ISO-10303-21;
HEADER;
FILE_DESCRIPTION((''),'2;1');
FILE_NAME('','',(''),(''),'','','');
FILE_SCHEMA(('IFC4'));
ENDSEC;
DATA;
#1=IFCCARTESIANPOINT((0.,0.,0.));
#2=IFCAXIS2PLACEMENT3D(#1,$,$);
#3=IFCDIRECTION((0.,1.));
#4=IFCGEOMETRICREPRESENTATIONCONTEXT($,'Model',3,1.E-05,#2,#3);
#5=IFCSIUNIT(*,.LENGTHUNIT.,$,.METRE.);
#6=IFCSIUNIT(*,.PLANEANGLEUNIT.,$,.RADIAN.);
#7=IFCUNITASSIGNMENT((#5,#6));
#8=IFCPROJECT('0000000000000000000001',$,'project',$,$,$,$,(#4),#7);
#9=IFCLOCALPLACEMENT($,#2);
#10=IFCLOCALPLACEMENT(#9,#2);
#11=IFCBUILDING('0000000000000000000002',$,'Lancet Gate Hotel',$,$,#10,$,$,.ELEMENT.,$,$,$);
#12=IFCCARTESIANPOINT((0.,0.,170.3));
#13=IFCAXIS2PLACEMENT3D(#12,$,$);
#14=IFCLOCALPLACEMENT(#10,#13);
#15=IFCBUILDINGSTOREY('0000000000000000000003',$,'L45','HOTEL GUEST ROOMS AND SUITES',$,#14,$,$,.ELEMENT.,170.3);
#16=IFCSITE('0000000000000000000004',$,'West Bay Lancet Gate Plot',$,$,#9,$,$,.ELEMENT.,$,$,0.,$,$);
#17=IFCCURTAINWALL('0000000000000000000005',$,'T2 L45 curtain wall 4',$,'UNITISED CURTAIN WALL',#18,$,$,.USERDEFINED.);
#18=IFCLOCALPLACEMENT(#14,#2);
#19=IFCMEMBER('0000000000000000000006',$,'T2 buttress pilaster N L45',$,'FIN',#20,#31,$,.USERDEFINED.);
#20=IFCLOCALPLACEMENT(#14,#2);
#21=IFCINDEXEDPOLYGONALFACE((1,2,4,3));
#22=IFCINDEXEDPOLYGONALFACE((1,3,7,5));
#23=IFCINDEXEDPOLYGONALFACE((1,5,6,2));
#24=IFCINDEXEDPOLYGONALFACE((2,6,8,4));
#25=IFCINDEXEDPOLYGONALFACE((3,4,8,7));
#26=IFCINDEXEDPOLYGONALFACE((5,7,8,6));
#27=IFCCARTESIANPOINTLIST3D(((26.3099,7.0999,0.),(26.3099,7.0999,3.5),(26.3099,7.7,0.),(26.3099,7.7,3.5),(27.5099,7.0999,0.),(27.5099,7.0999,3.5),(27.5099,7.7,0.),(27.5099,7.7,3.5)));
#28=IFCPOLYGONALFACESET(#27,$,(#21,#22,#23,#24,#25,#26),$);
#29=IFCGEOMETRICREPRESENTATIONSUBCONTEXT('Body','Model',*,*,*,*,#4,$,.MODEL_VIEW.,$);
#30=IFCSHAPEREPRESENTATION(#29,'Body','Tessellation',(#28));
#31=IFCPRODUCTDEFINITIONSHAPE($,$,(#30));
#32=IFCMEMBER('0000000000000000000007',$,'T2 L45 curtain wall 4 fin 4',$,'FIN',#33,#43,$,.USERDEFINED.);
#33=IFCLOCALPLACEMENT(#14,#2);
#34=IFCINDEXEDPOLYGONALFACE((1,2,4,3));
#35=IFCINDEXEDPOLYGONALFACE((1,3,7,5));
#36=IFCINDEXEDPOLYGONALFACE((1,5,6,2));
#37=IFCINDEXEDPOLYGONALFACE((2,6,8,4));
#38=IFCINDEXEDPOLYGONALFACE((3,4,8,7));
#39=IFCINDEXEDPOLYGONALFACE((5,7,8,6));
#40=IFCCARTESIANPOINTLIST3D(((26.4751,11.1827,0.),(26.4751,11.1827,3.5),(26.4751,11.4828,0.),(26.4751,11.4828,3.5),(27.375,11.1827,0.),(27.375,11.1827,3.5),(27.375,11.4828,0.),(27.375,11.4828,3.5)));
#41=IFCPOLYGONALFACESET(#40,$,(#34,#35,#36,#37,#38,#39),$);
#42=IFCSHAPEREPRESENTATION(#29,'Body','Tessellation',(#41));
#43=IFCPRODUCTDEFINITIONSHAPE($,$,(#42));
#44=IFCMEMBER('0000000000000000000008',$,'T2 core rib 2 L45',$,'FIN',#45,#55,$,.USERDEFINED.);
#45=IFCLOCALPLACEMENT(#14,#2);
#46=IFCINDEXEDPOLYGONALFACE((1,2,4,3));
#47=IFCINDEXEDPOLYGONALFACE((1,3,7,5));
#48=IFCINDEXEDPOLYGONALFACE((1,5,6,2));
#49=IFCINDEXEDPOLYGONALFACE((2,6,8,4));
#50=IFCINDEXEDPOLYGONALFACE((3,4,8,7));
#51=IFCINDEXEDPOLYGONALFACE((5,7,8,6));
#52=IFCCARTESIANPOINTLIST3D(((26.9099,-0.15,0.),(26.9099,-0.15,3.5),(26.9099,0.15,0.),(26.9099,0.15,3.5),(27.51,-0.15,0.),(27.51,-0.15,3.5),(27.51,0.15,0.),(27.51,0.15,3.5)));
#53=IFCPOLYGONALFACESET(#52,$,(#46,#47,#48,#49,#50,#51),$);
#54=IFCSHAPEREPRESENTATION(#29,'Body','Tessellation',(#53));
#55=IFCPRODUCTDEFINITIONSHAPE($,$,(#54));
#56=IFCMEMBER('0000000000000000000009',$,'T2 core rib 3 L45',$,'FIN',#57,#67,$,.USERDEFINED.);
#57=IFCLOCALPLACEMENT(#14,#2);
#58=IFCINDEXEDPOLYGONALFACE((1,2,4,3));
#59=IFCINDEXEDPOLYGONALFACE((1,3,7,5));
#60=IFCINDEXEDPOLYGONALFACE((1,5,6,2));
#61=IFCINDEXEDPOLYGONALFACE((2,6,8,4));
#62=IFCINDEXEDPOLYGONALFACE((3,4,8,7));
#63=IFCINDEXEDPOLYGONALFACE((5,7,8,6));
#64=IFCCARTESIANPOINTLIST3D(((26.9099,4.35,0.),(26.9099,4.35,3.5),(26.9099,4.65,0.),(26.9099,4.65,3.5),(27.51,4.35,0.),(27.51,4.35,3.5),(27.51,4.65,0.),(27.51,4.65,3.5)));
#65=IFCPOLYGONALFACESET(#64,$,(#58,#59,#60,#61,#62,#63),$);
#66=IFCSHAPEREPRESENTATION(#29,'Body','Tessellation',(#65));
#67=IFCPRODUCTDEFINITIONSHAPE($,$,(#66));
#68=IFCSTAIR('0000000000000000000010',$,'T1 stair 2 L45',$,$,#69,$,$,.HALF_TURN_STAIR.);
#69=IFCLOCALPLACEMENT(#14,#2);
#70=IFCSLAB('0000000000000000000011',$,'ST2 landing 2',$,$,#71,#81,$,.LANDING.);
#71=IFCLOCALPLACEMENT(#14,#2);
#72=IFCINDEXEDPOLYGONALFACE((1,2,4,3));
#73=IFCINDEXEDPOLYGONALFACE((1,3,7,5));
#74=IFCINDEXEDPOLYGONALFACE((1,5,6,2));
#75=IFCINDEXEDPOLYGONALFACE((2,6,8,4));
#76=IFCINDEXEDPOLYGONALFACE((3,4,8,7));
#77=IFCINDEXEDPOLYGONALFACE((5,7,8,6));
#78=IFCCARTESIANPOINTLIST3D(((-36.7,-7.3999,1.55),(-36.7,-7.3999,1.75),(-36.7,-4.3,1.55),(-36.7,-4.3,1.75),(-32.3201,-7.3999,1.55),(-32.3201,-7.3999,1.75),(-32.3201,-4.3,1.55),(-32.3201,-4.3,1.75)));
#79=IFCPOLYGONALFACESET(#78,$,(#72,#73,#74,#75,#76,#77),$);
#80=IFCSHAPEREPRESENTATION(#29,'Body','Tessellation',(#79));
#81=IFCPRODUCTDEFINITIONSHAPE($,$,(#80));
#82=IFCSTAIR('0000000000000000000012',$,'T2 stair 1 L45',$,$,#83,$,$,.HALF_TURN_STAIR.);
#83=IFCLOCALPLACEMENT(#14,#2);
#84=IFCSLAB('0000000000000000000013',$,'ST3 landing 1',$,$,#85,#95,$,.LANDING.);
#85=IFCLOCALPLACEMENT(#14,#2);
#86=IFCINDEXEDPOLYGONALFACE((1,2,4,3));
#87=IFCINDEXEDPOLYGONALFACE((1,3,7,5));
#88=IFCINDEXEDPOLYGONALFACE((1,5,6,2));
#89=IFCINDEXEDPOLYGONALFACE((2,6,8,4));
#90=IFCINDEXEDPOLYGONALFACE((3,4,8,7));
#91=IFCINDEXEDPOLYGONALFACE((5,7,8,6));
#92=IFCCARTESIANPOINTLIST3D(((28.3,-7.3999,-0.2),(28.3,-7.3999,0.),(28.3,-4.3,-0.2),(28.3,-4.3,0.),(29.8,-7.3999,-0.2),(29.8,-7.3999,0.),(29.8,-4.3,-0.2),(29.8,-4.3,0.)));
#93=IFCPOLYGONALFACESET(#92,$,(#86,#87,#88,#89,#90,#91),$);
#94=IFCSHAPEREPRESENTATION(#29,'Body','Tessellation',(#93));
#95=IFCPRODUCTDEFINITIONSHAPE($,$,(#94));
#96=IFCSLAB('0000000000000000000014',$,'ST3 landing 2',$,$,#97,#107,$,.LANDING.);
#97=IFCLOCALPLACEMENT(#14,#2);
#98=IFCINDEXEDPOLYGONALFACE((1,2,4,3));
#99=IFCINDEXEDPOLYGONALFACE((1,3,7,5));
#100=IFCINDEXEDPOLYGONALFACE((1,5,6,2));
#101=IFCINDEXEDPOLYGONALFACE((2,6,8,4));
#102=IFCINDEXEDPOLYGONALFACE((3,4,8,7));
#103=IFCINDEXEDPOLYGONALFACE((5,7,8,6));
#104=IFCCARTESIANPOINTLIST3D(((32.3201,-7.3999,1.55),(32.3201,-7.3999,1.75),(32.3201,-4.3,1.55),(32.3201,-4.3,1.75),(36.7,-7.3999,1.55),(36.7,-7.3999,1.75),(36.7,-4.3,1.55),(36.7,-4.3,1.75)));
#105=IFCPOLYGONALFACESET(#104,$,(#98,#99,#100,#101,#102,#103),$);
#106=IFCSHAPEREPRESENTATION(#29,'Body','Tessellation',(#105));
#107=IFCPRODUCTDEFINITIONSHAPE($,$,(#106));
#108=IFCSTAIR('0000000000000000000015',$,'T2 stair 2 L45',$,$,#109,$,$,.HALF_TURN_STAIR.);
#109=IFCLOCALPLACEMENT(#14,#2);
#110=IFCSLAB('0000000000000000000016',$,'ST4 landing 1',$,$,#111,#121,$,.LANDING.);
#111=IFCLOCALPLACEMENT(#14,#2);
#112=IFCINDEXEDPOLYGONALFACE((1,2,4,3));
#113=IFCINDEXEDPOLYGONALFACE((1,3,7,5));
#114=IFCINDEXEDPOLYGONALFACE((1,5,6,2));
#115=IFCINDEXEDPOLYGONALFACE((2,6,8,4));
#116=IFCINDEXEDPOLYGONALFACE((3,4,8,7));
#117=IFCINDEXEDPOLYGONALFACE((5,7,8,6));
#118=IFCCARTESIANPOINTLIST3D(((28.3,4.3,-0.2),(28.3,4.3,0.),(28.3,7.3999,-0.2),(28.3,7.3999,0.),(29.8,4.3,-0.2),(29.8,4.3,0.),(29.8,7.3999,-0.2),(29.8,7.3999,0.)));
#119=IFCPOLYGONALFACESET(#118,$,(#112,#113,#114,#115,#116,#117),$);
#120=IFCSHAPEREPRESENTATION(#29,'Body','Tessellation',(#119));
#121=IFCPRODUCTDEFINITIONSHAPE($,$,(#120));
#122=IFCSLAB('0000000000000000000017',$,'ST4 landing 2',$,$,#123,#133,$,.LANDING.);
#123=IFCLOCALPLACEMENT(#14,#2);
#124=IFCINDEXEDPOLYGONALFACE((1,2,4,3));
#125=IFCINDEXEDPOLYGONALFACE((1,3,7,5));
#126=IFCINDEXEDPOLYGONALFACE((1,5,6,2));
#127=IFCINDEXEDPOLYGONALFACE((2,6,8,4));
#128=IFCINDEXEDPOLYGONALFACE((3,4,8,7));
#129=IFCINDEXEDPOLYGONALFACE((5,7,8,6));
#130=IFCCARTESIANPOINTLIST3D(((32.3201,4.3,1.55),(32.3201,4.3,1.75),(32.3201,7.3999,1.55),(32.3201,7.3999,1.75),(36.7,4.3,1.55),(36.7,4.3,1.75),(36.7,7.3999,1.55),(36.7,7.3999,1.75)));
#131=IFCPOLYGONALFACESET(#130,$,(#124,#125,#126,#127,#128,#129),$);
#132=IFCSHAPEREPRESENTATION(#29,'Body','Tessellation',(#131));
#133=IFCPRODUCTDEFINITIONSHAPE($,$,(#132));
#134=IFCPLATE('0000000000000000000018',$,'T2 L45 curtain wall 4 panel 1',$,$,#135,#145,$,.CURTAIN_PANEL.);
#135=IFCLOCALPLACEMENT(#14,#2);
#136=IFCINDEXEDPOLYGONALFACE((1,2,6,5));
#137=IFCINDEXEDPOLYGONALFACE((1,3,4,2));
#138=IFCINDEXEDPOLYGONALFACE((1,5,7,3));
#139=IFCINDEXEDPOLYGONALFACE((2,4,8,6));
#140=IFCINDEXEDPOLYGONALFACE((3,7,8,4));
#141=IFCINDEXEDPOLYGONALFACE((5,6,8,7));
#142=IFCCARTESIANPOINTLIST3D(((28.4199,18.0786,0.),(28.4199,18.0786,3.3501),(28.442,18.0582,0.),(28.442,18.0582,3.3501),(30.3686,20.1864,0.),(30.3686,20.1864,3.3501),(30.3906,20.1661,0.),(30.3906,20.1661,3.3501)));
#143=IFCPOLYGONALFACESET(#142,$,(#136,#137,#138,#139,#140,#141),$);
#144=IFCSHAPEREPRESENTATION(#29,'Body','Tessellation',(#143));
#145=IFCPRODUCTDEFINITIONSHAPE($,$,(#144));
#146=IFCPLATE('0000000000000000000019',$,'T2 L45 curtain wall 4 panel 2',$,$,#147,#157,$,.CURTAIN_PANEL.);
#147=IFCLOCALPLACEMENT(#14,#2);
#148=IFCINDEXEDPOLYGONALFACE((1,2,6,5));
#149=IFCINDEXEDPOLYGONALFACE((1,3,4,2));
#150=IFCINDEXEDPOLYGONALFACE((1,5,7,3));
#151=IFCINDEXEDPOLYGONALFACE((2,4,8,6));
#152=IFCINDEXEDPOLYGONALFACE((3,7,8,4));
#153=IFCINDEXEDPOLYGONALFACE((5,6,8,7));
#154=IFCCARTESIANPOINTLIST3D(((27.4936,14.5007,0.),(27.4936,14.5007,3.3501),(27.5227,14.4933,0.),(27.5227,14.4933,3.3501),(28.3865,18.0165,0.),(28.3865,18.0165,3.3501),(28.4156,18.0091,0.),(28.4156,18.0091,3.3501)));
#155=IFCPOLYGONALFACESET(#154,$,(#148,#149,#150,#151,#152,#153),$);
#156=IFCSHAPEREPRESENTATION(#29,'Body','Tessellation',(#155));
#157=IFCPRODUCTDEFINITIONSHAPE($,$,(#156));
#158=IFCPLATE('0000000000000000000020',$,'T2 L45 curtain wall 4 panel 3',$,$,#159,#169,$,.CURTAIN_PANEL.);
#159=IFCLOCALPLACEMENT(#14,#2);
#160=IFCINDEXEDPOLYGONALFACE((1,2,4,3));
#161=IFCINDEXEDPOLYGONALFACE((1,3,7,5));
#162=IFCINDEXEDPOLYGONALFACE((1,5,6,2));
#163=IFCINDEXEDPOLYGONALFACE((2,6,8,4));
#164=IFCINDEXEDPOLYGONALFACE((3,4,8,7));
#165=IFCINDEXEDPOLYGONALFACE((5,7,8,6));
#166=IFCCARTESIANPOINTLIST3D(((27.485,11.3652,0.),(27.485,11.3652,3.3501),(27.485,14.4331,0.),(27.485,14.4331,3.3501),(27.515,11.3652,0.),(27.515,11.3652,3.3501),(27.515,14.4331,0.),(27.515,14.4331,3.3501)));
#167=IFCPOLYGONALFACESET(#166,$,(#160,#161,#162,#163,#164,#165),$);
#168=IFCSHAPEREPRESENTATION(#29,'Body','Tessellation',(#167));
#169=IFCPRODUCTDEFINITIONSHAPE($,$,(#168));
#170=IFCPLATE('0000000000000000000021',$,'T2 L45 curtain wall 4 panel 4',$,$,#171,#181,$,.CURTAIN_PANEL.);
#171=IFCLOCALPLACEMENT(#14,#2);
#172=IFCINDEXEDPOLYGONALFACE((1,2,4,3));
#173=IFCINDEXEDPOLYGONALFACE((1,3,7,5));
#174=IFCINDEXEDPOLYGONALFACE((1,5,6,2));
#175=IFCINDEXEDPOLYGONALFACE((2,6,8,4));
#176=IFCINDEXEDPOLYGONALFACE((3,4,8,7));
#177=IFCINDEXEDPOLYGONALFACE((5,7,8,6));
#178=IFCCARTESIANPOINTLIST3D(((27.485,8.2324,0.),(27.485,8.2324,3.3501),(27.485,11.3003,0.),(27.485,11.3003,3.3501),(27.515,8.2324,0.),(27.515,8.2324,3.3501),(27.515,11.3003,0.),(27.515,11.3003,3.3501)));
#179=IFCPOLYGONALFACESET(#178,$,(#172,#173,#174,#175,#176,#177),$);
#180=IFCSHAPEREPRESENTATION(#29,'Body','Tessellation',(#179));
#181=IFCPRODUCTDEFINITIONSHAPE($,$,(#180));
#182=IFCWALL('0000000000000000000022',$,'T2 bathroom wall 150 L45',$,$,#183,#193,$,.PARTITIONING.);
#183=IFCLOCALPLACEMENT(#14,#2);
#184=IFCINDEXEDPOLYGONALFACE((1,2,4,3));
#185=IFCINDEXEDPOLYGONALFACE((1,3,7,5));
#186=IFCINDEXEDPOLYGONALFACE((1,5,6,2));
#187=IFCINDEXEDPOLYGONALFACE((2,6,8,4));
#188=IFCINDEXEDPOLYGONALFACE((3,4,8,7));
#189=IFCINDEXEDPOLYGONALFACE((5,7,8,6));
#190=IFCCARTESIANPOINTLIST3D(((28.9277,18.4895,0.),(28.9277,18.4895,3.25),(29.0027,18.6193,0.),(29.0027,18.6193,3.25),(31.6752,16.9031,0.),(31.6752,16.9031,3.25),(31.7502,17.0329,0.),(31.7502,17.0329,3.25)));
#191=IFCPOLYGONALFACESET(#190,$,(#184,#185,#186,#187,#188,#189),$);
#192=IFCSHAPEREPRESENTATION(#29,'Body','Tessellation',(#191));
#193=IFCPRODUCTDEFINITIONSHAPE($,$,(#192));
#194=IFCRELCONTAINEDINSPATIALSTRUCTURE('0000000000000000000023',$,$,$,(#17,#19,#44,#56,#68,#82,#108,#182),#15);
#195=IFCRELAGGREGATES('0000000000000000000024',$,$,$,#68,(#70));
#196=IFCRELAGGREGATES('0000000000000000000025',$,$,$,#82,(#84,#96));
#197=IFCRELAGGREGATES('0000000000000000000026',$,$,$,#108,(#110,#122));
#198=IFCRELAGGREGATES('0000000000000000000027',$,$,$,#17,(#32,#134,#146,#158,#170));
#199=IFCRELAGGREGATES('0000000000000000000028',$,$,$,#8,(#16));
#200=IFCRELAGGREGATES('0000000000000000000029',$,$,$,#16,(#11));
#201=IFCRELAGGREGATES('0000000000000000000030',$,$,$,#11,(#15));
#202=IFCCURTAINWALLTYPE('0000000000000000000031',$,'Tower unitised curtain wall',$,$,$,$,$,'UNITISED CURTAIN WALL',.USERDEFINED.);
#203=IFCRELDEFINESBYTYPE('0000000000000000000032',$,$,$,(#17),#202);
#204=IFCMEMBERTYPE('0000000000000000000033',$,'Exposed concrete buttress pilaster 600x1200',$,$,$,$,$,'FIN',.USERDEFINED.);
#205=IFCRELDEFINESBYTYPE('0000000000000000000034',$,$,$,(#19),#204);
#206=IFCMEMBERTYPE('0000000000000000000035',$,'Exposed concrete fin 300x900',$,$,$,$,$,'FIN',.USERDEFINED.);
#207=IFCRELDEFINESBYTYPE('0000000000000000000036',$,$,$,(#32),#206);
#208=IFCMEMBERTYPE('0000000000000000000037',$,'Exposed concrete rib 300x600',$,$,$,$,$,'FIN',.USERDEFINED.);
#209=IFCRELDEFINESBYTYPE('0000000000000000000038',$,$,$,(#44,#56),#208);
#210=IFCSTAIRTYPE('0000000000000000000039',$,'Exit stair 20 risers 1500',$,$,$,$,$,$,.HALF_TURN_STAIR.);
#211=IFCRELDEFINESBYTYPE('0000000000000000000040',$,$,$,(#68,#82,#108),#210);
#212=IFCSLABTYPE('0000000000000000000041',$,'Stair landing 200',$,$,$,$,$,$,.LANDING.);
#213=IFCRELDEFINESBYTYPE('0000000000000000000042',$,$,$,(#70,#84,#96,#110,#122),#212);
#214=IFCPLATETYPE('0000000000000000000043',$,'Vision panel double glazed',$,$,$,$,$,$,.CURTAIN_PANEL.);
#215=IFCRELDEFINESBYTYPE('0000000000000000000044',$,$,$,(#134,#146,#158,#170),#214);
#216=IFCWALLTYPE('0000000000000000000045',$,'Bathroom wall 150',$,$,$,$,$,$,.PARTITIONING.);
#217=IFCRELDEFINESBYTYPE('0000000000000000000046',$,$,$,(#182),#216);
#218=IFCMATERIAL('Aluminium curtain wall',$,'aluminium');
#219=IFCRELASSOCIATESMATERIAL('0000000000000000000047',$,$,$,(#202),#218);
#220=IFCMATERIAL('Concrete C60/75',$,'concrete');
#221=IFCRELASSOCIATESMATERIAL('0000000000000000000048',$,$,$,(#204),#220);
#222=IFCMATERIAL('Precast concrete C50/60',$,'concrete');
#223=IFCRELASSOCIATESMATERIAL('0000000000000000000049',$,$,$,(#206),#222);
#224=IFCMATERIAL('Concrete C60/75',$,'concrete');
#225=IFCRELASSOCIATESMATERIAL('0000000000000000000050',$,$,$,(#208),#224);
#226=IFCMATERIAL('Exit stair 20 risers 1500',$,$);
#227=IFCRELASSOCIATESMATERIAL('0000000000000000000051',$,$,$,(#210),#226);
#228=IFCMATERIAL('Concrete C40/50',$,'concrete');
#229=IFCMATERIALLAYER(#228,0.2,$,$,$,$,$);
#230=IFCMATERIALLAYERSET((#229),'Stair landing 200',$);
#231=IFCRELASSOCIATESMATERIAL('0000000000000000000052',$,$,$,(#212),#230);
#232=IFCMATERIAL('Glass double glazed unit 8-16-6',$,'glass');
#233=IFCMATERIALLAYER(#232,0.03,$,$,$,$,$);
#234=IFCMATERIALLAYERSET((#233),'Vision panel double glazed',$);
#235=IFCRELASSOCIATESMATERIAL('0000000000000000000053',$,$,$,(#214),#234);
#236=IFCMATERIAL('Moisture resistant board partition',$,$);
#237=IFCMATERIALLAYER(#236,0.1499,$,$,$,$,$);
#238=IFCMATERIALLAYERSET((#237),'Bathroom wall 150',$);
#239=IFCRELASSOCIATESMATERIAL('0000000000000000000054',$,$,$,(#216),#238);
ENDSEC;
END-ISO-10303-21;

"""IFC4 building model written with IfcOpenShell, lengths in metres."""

from ifc_helpers import new_model, si_unit, direction, frame, frame_2d, origin, origin_2d, place, context, subcontext, project, spatial, polyline, rectangle, outline, extrude, material, layer, layer_set, material_profile, profile_set, type_object, element, aggregate, save


model = new_model("IFC4")

# Units and contexts
model_context = context("Model", 3, precision=1e-05, world=origin(), true_north=direction((0.0, 1.0)))
body_context = subcontext(model_context, "Body", "Model", "MODEL_VIEW")
ifc_project = project(units=[si_unit("LENGTHUNIT", "METRE"), si_unit("PLANEANGLEUNIT", "RADIAN")], contexts=[model_context])

# Site, building, storey
site_placement = place(None, origin())
site = spatial("IfcSite", under=ifc_project, at=site_placement, Name="West Bay Lancet Gate Plot", CompositionType="ELEMENT", RefElevation=0.0)
building_placement = place(site_placement, origin())
building = spatial("IfcBuilding", under=site, at=building_placement, Name="Lancet Gate Hotel", CompositionType="ELEMENT")
storey_placement = place(building_placement, frame((0.0, 0.0, 170.3)))
storey = spatial("IfcBuildingStorey", under=building, at=storey_placement, Name="L45", Description="HOTEL GUEST ROOMS AND SUITES", CompositionType="ELEMENT", Elevation=170.3)

# Curtain wall
ifc_material_1 = material(Name="Aluminium curtain wall", Category="aluminium")
curtain_wall_type = type_object("IfcCurtainWallType", Name="Tower unitised curtain wall", ElementType="UNITISED CURTAIN WALL", PredefinedType="USERDEFINED", material=ifc_material_1)
curtain_wall_placement = place(storey_placement, origin())
curtain_wall = element("IfcCurtainWall", 1, at=curtain_wall_placement, inside=storey, type_object=curtain_wall_type, Name="T2 L45 curtain wall 4", ObjectType="UNITISED CURTAIN WALL", PredefinedType="USERDEFINED")

# Members
ifc_material_2 = material(Name="Concrete C60/75", Category="concrete")
ifc_material_profile_1 = material_profile(ifc_material_2, rectangle(XDim=0.6001, YDim=1.2, at=origin_2d()), Name="FIN 600x1200")
ifc_profile_set_1 = profile_set([ifc_material_profile_1], Name="Concrete C60/75")
member_type_1 = type_object("IfcMemberType", Name="Exposed concrete buttress pilaster 600x1200", ElementType="FIN", PredefinedType="USERDEFINED", material=ifc_profile_set_1)
member_1_placement = place(storey_placement, frame((26.9099, 7.3999, 0.0), z_axis=(0.0, 0.0, 1.0), x_axis=(0.0, 1.0, 0.0)))
element("IfcMember", 2, at=member_1_placement, inside=storey, type_object=member_type_1, Name="T2 buttress pilaster N L45", ObjectType="FIN", PredefinedType="USERDEFINED", context=body_context, shape_type="SweptSolid", body=[
    extrude(rectangle(XDim=0.6001, YDim=1.2, at=origin_2d()), origin(), (0.0, 0.0, 1.0), 3.5),
])
ifc_material_3 = material(Name="Precast concrete C50/60", Category="concrete")
ifc_material_profile_2 = material_profile(ifc_material_3, rectangle(XDim=0.3, YDim=0.8999, at=origin_2d()), Name="FIN 300x900")
ifc_profile_set_2 = profile_set([ifc_material_profile_2], Name="Precast concrete C50/60")
member_type_2 = type_object("IfcMemberType", Name="Exposed concrete fin 300x900", ElementType="FIN", PredefinedType="USERDEFINED", material=ifc_profile_set_2)
member_2_placement = place(storey_placement, frame((26.925, 11.3328, 0.0), z_axis=(0.0, 0.0, 1.0), x_axis=(0.0, -1.0, 0.0)))
member_2 = element("IfcMember", 3, at=member_2_placement, type_object=member_type_2, Name="T2 L45 curtain wall 4 fin 4", ObjectType="FIN", PredefinedType="USERDEFINED", context=body_context, shape_type="SweptSolid", body=[
    extrude(rectangle(XDim=0.3, YDim=0.8999, at=origin_2d()), origin(), (0.0, 0.0, 1.0), 3.5),
])

# Members
ifc_material_4 = material(Name="Concrete C60/75", Category="concrete")
ifc_material_profile_3 = material_profile(ifc_material_4, rectangle(XDim=0.3, YDim=0.6001, at=origin_2d()), Name="FIN 300x600")
ifc_profile_set_3 = profile_set([ifc_material_profile_3], Name="Concrete C60/75")
member_type_3 = type_object("IfcMemberType", Name="Exposed concrete rib 300x600", ElementType="FIN", PredefinedType="USERDEFINED", material=ifc_profile_set_3)
for number, where, z_axis, x_axis, name in (
    (4, (27.21, 0.0, 0.0), (0.0, 0.0, 1.0), (0.0, 1.0, 0.0), "T2 core rib 2 L45"),
    (5, (27.21, 4.5, 0.0), (0.0, 0.0, 1.0), (0.0, 1.0, 0.0), "T2 core rib 3 L45"),
):
    element("IfcMember", number, at=place(storey_placement, frame(where, z_axis=z_axis, x_axis=x_axis)), inside=storey, type_object=member_type_3, Name=name, ObjectType="FIN", PredefinedType="USERDEFINED", context=body_context, shape_type="SweptSolid", body=[
        extrude(rectangle(XDim=0.3, YDim=0.6001, at=origin_2d()), origin(), (0.0, 0.0, 1.0), 3.5),
    ])

# Stair, slab
ifc_material_5 = material(Name="Exit stair 20 risers 1500")
stair_type = type_object("IfcStairType", Name="Exit stair 20 risers 1500", PredefinedType="HALF_TURN_STAIR", material=ifc_material_5)
stair_1_placement = place(storey_placement, origin())
stair_1 = element("IfcStair", 6, at=stair_1_placement, inside=storey, type_object=stair_type, Name="T1 stair 2 L45", PredefinedType="HALF_TURN_STAIR")
ifc_material_6 = material(Name="Concrete C40/50", Category="concrete")
ifc_layer_1 = layer(ifc_material_6, 0.2)
ifc_layer_set_1 = layer_set([ifc_layer_1], Name="Stair landing 200")
slab_type = type_object("IfcSlabType", Name="Stair landing 200", PredefinedType="LANDING", material=ifc_layer_set_1)
slab_1_placement = place(storey_placement, frame((0.0, 0.0, 1.55)))
slab_1 = element("IfcSlab", 7, at=slab_1_placement, type_object=slab_type, Name="ST2 landing 2", PredefinedType="LANDING", context=body_context, shape_type="SweptSolid", body=[
    extrude(outline(polyline([(-32.3201, -4.3), (-36.7, -4.3), (-36.7, -7.3999), (-32.3201, -7.3999), (-32.3201, -4.3)])), origin(), (0.0, 0.0, 1.0), 0.2),
])
aggregate(stair_1, [slab_1])

# Stairs, slabs
stair_2_placement = place(storey_placement, origin())
stair_2 = element("IfcStair", 8, at=stair_2_placement, inside=storey, type_object=stair_type, Name="T2 stair 1 L45", PredefinedType="HALF_TURN_STAIR")
slab_2_placement = place(storey_placement, frame((0.0, 0.0, -0.2)))
slab_2 = element("IfcSlab", 9, at=slab_2_placement, type_object=slab_type, Name="ST3 landing 1", PredefinedType="LANDING", context=body_context, shape_type="SweptSolid", body=[
    extrude(outline(polyline([(28.3, -7.3999), (29.8, -7.3999), (29.8, -4.3), (28.3, -4.3), (28.3, -7.3999)])), origin(), (0.0, 0.0, 1.0), 0.2),
])
slab_3_placement = place(storey_placement, frame((0.0, 0.0, 1.55)))
slab_3 = element("IfcSlab", 10, at=slab_3_placement, type_object=slab_type, Name="ST3 landing 2", PredefinedType="LANDING", context=body_context, shape_type="SweptSolid", body=[
    extrude(outline(polyline([(32.3201, -7.3999), (36.7, -7.3999), (36.7, -4.3), (32.3201, -4.3), (32.3201, -7.3999)])), origin(), (0.0, 0.0, 1.0), 0.2),
])
aggregate(stair_2, [slab_2, slab_3])
stair_3_placement = place(storey_placement, origin())
stair_3 = element("IfcStair", 11, at=stair_3_placement, inside=storey, type_object=stair_type, Name="T2 stair 2 L45", PredefinedType="HALF_TURN_STAIR")
slab_4_placement = place(storey_placement, frame((0.0, 0.0, -0.2)))
slab_4 = element("IfcSlab", 12, at=slab_4_placement, type_object=slab_type, Name="ST4 landing 1", PredefinedType="LANDING", context=body_context, shape_type="SweptSolid", body=[
    extrude(outline(polyline([(28.3, 4.3), (29.8, 4.3), (29.8, 7.3999), (28.3, 7.3999), (28.3, 4.3)])), origin(), (0.0, 0.0, 1.0), 0.2),
])
slab_5_placement = place(storey_placement, frame((0.0, 0.0, 1.55)))
slab_5 = element("IfcSlab", 13, at=slab_5_placement, type_object=slab_type, Name="ST4 landing 2", PredefinedType="LANDING", context=body_context, shape_type="SweptSolid", body=[
    extrude(outline(polyline([(32.3201, 4.3), (36.7, 4.3), (36.7, 7.3999), (32.3201, 7.3999), (32.3201, 4.3)])), origin(), (0.0, 0.0, 1.0), 0.2),
])
aggregate(stair_3, [slab_4, slab_5])

# Plates
ifc_material_7 = material(Name="Glass double glazed unit 8-16-6", Category="glass")
ifc_layer_2 = layer(ifc_material_7, 0.03)
ifc_layer_set_2 = layer_set([ifc_layer_2], Name="Vision panel double glazed")
plate_type = type_object("IfcPlateType", Name="Vision panel double glazed", PredefinedType="CURTAIN_PANEL", material=ifc_layer_set_2)
plate_1_placement = place(storey_placement, frame((29.4053, 19.1223, 0.0), z_axis=(0.0, 0.0, 1.0), x_axis=(-0.678831, -0.734294, 0.0)))
plate_1 = element("IfcPlate", 14, at=plate_1_placement, type_object=plate_type, Name="T2 L45 curtain wall 4 panel 1", PredefinedType="CURTAIN_PANEL", context=body_context, shape_type="SweptSolid", body=[
    extrude(rectangle(XDim=2.8706, YDim=0.03, at=origin_2d()), origin(), (0.0, 0.0, 1.0), 3.3501),
])
plate_2_placement = place(storey_placement, frame((27.9546, 16.2549, 0.0), z_axis=(0.0, 0.0, 1.0), x_axis=(-0.246167, -0.969228, 0.0)))
plate_2 = element("IfcPlate", 15, at=plate_2_placement, type_object=plate_type, Name="T2 L45 curtain wall 4 panel 2", PredefinedType="CURTAIN_PANEL", context=body_context, shape_type="SweptSolid", body=[
    extrude(rectangle(XDim=3.6274, YDim=0.03, at=origin_2d()), origin(), (0.0, 0.0, 1.0), 3.3501),
])
plate_3_placement = place(storey_placement, frame((27.5, 12.8992, 0.0), z_axis=(0.0, 0.0, 1.0), x_axis=(0.0, -1.0, 0.0)))
plate_3 = element("IfcPlate", 16, at=plate_3_placement, type_object=plate_type, Name="T2 L45 curtain wall 4 panel 3", PredefinedType="CURTAIN_PANEL", context=body_context, shape_type="SweptSolid", body=[
    extrude(rectangle(XDim=3.0679, YDim=0.03, at=origin_2d()), origin(), (0.0, 0.0, 1.0), 3.3501),
])
plate_4_placement = place(storey_placement, frame((27.5, 9.7664, 0.0), z_axis=(0.0, 0.0, 1.0), x_axis=(0.0, -1.0, 0.0)))
plate_4 = element("IfcPlate", 17, at=plate_4_placement, type_object=plate_type, Name="T2 L45 curtain wall 4 panel 4", PredefinedType="CURTAIN_PANEL", context=body_context, shape_type="SweptSolid", body=[
    extrude(rectangle(XDim=3.0679, YDim=0.03, at=origin_2d()), origin(), (0.0, 0.0, 1.0), 3.3501),
])
aggregate(curtain_wall, [member_2, plate_1, plate_2, plate_3, plate_4])

# Wall
ifc_material_8 = material(Name="Moisture resistant board partition")
ifc_layer_3 = layer(ifc_material_8, 0.1499)
ifc_layer_set_3 = layer_set([ifc_layer_3], Name="Bathroom wall 150")
wall_type_1 = type_object("IfcWallType", Name="Bathroom wall 150", PredefinedType="PARTITIONING", material=ifc_layer_set_3)
wall_1_placement = place(storey_placement, frame((28.9651, 18.5544, 0.0), z_axis=(0.0, 0.0, 1.0), x_axis=(0.866009, -0.500029, 0.0)))
element("IfcWall", 18, at=wall_1_placement, inside=storey, type_object=wall_type_1, Name="T2 bathroom wall 150 L45", PredefinedType="PARTITIONING", context=body_context, shape_type="SweptSolid", body=[
    extrude(rectangle(XDim=3.1726, YDim=0.1499, at=frame_2d((1.5864, 0.0))), origin(), (0.0, 0.0, 1.0), 3.25),
])

save(model, "model.ifc")
